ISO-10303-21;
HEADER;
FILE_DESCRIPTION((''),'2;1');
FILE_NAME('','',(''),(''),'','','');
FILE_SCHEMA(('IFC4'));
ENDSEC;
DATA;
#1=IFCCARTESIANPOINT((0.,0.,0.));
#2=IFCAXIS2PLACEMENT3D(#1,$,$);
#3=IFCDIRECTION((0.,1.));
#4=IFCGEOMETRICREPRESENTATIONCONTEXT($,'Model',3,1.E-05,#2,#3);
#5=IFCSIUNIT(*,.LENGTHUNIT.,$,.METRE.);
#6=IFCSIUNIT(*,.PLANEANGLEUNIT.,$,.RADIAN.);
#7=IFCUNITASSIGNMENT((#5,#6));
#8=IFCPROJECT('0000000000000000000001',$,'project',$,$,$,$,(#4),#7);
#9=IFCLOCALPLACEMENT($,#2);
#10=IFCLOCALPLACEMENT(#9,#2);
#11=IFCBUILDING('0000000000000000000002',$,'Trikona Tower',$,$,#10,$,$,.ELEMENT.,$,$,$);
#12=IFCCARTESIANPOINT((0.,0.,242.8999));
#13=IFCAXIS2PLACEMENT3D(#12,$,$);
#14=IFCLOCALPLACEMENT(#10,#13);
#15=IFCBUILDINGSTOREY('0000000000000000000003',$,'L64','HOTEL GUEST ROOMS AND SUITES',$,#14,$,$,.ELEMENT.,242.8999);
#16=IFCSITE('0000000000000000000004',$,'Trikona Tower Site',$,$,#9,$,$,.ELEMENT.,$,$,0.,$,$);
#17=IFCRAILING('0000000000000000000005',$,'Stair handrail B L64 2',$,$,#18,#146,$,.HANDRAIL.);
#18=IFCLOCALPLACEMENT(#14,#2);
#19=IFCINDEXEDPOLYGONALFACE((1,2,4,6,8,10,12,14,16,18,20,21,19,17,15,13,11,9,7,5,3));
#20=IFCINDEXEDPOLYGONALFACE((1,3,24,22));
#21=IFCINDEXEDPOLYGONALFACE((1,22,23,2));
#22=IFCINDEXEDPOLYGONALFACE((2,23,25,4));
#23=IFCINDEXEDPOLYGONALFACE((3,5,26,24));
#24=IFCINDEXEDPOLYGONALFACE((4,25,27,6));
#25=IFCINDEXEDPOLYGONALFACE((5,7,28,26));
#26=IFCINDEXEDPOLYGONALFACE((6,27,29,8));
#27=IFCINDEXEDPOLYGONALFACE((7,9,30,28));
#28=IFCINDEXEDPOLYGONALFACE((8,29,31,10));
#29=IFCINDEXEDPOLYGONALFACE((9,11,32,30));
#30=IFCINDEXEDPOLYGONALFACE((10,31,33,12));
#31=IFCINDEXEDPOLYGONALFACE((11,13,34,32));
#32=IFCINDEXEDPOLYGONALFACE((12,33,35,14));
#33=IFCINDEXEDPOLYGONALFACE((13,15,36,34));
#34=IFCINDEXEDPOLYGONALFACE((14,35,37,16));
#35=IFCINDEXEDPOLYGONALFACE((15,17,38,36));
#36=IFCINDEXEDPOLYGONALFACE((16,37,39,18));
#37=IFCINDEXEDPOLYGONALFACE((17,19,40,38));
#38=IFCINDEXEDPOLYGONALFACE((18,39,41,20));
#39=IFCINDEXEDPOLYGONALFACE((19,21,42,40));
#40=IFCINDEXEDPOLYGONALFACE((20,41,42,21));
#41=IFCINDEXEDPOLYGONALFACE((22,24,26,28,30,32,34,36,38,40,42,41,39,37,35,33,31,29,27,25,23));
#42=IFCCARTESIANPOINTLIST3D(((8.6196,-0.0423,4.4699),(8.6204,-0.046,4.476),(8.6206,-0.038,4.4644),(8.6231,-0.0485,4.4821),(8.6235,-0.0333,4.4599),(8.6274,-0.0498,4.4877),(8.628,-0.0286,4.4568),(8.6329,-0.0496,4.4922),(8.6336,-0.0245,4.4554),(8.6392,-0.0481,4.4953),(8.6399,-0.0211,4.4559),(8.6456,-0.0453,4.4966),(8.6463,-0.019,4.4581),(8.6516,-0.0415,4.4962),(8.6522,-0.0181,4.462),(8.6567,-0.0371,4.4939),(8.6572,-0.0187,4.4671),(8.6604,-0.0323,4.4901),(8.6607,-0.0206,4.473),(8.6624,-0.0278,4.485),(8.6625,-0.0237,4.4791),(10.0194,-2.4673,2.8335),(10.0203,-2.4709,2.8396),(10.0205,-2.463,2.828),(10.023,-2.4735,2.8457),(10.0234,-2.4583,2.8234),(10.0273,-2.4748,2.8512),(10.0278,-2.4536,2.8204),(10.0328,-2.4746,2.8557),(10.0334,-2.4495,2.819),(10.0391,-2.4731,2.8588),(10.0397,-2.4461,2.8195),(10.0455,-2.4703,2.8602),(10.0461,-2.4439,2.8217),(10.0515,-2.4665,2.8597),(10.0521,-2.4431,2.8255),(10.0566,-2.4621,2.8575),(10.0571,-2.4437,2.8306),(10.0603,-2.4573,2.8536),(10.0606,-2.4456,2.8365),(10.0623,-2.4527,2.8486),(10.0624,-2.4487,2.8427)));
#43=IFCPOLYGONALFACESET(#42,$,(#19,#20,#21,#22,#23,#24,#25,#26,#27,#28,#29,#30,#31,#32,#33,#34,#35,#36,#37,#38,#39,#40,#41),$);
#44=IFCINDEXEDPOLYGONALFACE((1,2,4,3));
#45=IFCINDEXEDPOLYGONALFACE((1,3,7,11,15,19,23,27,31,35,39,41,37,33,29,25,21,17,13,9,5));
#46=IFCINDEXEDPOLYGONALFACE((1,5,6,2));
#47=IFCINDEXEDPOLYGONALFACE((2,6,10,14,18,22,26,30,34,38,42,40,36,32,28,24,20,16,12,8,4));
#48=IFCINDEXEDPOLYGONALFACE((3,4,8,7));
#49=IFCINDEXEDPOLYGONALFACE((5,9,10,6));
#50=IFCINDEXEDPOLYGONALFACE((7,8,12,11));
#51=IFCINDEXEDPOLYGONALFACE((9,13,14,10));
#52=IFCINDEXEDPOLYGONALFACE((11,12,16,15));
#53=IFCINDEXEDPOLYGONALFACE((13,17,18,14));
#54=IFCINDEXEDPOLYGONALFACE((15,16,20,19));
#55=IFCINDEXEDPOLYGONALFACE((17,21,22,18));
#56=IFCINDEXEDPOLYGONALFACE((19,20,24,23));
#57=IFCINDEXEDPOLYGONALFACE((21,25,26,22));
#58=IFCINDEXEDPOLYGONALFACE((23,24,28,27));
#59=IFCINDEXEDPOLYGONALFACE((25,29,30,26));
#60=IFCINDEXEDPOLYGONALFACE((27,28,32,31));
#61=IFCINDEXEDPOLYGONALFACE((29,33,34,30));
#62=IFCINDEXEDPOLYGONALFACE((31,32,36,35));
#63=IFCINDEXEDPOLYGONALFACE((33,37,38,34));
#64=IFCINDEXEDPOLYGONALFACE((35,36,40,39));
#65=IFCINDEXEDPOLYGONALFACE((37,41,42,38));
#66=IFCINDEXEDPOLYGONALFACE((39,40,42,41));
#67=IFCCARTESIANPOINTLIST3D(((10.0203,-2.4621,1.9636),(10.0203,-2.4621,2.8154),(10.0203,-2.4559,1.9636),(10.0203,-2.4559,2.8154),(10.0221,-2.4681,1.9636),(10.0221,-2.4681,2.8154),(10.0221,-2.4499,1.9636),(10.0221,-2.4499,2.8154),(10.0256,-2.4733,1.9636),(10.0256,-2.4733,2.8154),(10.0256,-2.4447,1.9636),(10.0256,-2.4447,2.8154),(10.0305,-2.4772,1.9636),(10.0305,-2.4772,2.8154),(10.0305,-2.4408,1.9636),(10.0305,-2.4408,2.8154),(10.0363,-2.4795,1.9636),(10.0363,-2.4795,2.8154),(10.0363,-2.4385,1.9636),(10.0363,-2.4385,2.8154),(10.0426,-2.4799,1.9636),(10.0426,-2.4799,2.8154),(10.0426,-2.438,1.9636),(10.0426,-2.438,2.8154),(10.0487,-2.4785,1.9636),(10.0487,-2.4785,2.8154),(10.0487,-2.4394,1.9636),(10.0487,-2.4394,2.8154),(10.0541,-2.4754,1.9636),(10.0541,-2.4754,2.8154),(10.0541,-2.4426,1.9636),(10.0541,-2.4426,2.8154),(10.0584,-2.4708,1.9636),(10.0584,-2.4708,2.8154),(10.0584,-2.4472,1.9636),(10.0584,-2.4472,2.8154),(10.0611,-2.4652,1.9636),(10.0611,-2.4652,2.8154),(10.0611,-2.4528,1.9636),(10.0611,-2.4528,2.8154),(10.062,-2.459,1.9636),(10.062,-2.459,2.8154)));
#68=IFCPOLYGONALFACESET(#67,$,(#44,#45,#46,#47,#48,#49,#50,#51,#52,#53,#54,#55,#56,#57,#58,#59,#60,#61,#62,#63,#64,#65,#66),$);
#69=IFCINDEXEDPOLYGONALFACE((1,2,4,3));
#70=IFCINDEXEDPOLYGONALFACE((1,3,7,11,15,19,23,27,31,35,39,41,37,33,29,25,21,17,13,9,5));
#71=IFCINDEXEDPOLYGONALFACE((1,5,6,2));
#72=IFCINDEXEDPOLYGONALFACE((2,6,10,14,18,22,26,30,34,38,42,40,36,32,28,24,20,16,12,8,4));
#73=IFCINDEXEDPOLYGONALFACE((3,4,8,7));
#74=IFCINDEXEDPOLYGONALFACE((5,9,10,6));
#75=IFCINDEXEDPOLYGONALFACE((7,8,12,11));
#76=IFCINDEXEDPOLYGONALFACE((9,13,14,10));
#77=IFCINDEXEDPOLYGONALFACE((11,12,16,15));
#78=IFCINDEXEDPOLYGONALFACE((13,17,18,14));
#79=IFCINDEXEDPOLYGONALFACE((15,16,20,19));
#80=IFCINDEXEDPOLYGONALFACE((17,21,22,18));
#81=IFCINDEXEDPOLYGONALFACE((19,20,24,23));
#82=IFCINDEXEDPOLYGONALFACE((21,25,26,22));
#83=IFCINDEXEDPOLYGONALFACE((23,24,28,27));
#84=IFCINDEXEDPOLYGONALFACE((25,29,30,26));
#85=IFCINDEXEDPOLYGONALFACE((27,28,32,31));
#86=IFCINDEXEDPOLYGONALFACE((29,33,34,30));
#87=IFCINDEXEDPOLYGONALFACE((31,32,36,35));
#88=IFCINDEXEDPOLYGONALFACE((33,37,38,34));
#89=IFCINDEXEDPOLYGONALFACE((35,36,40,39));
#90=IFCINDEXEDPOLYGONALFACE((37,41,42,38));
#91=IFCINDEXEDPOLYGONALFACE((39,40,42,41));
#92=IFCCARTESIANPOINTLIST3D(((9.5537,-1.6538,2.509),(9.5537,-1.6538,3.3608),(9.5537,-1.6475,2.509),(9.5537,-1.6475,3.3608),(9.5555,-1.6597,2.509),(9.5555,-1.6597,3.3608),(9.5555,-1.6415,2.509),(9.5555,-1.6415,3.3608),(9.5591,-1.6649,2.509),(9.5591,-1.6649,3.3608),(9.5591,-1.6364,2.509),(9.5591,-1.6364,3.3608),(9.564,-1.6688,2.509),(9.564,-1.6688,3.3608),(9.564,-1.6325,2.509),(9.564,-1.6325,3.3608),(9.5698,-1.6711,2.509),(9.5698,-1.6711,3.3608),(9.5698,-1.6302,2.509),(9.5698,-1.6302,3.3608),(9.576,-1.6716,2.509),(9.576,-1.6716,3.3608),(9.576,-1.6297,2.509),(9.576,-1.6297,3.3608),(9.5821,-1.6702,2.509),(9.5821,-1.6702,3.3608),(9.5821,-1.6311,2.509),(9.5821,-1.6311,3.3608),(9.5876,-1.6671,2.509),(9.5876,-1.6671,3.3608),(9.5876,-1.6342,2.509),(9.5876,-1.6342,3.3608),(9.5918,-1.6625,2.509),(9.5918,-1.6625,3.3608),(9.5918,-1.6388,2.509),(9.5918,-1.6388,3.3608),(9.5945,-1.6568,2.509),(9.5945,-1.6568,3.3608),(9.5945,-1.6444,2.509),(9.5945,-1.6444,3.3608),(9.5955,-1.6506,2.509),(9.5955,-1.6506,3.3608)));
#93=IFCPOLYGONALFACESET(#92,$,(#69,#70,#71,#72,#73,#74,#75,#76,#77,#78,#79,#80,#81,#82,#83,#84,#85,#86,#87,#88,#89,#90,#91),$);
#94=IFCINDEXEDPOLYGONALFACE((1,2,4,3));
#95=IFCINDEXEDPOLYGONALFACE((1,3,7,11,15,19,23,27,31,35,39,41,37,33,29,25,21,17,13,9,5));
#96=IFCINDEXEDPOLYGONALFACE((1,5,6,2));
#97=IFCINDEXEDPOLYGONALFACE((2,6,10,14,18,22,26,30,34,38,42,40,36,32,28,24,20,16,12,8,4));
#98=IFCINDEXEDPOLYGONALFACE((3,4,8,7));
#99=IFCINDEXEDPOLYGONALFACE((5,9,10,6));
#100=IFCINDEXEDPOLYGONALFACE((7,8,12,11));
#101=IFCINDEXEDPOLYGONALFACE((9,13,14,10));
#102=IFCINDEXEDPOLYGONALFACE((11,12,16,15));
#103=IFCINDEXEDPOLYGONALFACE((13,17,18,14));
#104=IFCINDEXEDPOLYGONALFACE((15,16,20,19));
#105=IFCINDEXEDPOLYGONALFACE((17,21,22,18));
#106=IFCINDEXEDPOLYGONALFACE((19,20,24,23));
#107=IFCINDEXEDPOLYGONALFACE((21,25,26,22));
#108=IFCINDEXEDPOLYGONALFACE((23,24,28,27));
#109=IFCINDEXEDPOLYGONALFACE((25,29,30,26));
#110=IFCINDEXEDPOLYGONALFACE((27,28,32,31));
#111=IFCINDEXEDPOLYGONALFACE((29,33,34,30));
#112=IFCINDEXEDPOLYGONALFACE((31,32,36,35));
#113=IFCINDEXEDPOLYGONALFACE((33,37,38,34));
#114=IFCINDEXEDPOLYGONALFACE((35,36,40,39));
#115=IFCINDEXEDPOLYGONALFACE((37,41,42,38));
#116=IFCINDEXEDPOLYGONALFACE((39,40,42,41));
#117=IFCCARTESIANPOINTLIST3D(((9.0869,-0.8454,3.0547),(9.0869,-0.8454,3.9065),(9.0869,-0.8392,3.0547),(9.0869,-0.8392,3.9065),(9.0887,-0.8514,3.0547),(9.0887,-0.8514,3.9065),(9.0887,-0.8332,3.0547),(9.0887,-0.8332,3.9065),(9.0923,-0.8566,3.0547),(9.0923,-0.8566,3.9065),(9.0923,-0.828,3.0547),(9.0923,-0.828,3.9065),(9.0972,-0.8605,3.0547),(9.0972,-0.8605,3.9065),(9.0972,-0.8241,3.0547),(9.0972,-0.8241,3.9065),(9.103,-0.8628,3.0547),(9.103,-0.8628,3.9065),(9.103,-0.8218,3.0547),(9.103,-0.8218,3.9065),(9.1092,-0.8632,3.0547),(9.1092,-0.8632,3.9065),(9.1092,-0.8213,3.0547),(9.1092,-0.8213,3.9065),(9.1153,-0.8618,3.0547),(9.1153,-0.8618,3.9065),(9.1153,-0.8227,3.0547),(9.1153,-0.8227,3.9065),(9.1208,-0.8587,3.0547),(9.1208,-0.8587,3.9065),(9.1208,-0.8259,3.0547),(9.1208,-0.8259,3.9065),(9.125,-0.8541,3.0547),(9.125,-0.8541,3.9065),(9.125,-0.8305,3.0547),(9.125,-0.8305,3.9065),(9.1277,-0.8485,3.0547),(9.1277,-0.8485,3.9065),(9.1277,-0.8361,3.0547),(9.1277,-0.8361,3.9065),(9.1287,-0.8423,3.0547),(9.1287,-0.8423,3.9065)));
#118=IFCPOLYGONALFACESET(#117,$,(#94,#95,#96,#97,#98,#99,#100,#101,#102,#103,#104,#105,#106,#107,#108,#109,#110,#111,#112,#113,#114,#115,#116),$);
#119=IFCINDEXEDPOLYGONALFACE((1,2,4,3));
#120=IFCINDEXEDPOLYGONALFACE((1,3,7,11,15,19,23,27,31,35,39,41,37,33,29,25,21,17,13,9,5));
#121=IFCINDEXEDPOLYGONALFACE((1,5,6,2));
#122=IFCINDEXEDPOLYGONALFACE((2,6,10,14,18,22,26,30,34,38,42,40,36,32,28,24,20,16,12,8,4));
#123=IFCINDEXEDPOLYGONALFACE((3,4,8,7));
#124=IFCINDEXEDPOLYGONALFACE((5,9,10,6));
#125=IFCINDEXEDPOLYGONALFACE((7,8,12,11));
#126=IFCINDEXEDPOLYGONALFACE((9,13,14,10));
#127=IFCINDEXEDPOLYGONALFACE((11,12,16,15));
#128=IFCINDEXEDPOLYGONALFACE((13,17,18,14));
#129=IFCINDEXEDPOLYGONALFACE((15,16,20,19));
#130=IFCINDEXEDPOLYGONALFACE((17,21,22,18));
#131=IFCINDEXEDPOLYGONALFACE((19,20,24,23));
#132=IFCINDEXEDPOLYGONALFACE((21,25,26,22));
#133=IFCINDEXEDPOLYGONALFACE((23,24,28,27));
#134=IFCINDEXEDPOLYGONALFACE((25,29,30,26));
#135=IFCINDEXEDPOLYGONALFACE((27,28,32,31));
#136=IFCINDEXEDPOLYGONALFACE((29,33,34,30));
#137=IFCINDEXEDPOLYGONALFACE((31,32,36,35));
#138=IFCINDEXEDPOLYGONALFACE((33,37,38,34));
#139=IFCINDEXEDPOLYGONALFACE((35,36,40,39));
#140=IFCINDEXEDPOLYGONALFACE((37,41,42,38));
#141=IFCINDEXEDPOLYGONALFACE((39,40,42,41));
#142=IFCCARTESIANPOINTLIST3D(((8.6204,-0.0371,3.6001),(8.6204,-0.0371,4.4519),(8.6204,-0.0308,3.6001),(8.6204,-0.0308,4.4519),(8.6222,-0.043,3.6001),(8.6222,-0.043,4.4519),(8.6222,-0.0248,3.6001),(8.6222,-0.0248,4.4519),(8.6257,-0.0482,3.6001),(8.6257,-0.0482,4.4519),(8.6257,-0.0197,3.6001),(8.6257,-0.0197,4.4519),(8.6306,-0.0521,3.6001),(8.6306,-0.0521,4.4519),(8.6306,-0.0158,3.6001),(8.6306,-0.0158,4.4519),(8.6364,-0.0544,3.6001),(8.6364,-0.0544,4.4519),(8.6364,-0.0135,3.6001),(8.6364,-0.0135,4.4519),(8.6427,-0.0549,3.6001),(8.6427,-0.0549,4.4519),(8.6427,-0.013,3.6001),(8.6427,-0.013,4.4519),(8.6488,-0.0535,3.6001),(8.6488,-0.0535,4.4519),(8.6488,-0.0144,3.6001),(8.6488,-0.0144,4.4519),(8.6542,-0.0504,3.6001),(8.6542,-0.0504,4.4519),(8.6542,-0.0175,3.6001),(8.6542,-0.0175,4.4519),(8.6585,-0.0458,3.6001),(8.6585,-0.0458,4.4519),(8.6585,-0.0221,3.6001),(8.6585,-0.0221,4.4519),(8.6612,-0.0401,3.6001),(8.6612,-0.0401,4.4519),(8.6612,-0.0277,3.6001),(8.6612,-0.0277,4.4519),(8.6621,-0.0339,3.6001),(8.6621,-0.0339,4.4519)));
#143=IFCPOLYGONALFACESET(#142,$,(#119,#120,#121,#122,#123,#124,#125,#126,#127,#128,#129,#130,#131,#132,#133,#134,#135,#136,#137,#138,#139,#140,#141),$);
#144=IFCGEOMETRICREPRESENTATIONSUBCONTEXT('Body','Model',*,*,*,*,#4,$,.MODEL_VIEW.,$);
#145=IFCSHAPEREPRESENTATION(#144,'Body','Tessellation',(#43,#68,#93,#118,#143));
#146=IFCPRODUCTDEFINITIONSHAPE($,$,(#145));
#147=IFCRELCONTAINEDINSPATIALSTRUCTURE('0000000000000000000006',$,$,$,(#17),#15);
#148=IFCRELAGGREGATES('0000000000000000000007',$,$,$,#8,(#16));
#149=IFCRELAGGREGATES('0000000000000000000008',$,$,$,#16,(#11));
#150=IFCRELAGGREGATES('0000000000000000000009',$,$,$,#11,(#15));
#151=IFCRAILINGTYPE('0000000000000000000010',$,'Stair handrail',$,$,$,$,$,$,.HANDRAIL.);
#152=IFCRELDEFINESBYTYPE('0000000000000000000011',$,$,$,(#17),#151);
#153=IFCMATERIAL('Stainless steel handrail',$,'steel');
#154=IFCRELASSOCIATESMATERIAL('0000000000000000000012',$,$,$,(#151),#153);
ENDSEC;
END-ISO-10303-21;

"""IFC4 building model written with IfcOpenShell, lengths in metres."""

from ifc_helpers import new_model, si_unit, direction, frame, origin, origin_2d, place, context, subcontext, project, spatial, circle, extrude, material, type_object, element, save


model = new_model("IFC4")

# Units and contexts
model_context = context("Model", 3, precision=1e-05, world=origin(), true_north=direction((0.0, 1.0)))
body_context = subcontext(model_context, "Body", "Model", "MODEL_VIEW")
ifc_project = project(units=[si_unit("LENGTHUNIT", "METRE"), si_unit("PLANEANGLEUNIT", "RADIAN")], contexts=[model_context])

# Site, building, storey
site_placement = place(None, origin())
site = spatial("IfcSite", under=ifc_project, at=site_placement, Name="Trikona Tower Site", CompositionType="ELEMENT", RefElevation=0.0)
building_placement = place(site_placement, origin())
building = spatial("IfcBuilding", under=site, at=building_placement, Name="Trikona Tower", CompositionType="ELEMENT")
storey_placement = place(building_placement, frame((0.0, 0.0, 242.8999)))
storey = spatial("IfcBuildingStorey", under=building, at=storey_placement, Name="L64", Description="HOTEL GUEST ROOMS AND SUITES", CompositionType="ELEMENT", Elevation=242.8999)

# Railing
ifc_material_1 = material(Name="Stainless steel handrail", Category="steel")
railing_type = type_object("IfcRailingType", Name="Stair handrail", PredefinedType="HANDRAIL", material=ifc_material_1)
railing_placement = place(storey_placement, frame((10.041, -2.459, 1.9636)))
element("IfcRailing", 1, at=railing_placement, inside=storey, type_object=railing_type, Name="Stair handrail B L64 2", PredefinedType="HANDRAIL", context=body_context, shape_type="SweptSolid", body=[
    extrude(circle(Radius=0.0239, at=origin_2d()), frame((0.0, 0.0, 0.876), z_axis=(-0.431636, 0.747723, 0.504579), x_axis=(-0.866056, -0.499946, 0.0)), (0.0, 0.0, 1.0), 3.2432),
    extrude(circle(Radius=0.021, at=origin_2d()), origin(), (0.0, 0.0, 1.0), 0.8518),
    extrude(circle(Radius=0.021, at=origin_2d()), frame((-0.4666, 0.8083, 0.5454)), (0.0, 0.0, 1.0), 0.8518),
    extrude(circle(Radius=0.021, at=origin_2d()), frame((-0.9333, 1.6167, 1.0911)), (0.0, 0.0, 1.0), 0.8518),
    extrude(circle(Radius=0.021, at=origin_2d()), frame((-1.3999, 2.425, 1.6365)), (0.0, 0.0, 1.0), 0.8518),
])

save(model, "model.ifc")
